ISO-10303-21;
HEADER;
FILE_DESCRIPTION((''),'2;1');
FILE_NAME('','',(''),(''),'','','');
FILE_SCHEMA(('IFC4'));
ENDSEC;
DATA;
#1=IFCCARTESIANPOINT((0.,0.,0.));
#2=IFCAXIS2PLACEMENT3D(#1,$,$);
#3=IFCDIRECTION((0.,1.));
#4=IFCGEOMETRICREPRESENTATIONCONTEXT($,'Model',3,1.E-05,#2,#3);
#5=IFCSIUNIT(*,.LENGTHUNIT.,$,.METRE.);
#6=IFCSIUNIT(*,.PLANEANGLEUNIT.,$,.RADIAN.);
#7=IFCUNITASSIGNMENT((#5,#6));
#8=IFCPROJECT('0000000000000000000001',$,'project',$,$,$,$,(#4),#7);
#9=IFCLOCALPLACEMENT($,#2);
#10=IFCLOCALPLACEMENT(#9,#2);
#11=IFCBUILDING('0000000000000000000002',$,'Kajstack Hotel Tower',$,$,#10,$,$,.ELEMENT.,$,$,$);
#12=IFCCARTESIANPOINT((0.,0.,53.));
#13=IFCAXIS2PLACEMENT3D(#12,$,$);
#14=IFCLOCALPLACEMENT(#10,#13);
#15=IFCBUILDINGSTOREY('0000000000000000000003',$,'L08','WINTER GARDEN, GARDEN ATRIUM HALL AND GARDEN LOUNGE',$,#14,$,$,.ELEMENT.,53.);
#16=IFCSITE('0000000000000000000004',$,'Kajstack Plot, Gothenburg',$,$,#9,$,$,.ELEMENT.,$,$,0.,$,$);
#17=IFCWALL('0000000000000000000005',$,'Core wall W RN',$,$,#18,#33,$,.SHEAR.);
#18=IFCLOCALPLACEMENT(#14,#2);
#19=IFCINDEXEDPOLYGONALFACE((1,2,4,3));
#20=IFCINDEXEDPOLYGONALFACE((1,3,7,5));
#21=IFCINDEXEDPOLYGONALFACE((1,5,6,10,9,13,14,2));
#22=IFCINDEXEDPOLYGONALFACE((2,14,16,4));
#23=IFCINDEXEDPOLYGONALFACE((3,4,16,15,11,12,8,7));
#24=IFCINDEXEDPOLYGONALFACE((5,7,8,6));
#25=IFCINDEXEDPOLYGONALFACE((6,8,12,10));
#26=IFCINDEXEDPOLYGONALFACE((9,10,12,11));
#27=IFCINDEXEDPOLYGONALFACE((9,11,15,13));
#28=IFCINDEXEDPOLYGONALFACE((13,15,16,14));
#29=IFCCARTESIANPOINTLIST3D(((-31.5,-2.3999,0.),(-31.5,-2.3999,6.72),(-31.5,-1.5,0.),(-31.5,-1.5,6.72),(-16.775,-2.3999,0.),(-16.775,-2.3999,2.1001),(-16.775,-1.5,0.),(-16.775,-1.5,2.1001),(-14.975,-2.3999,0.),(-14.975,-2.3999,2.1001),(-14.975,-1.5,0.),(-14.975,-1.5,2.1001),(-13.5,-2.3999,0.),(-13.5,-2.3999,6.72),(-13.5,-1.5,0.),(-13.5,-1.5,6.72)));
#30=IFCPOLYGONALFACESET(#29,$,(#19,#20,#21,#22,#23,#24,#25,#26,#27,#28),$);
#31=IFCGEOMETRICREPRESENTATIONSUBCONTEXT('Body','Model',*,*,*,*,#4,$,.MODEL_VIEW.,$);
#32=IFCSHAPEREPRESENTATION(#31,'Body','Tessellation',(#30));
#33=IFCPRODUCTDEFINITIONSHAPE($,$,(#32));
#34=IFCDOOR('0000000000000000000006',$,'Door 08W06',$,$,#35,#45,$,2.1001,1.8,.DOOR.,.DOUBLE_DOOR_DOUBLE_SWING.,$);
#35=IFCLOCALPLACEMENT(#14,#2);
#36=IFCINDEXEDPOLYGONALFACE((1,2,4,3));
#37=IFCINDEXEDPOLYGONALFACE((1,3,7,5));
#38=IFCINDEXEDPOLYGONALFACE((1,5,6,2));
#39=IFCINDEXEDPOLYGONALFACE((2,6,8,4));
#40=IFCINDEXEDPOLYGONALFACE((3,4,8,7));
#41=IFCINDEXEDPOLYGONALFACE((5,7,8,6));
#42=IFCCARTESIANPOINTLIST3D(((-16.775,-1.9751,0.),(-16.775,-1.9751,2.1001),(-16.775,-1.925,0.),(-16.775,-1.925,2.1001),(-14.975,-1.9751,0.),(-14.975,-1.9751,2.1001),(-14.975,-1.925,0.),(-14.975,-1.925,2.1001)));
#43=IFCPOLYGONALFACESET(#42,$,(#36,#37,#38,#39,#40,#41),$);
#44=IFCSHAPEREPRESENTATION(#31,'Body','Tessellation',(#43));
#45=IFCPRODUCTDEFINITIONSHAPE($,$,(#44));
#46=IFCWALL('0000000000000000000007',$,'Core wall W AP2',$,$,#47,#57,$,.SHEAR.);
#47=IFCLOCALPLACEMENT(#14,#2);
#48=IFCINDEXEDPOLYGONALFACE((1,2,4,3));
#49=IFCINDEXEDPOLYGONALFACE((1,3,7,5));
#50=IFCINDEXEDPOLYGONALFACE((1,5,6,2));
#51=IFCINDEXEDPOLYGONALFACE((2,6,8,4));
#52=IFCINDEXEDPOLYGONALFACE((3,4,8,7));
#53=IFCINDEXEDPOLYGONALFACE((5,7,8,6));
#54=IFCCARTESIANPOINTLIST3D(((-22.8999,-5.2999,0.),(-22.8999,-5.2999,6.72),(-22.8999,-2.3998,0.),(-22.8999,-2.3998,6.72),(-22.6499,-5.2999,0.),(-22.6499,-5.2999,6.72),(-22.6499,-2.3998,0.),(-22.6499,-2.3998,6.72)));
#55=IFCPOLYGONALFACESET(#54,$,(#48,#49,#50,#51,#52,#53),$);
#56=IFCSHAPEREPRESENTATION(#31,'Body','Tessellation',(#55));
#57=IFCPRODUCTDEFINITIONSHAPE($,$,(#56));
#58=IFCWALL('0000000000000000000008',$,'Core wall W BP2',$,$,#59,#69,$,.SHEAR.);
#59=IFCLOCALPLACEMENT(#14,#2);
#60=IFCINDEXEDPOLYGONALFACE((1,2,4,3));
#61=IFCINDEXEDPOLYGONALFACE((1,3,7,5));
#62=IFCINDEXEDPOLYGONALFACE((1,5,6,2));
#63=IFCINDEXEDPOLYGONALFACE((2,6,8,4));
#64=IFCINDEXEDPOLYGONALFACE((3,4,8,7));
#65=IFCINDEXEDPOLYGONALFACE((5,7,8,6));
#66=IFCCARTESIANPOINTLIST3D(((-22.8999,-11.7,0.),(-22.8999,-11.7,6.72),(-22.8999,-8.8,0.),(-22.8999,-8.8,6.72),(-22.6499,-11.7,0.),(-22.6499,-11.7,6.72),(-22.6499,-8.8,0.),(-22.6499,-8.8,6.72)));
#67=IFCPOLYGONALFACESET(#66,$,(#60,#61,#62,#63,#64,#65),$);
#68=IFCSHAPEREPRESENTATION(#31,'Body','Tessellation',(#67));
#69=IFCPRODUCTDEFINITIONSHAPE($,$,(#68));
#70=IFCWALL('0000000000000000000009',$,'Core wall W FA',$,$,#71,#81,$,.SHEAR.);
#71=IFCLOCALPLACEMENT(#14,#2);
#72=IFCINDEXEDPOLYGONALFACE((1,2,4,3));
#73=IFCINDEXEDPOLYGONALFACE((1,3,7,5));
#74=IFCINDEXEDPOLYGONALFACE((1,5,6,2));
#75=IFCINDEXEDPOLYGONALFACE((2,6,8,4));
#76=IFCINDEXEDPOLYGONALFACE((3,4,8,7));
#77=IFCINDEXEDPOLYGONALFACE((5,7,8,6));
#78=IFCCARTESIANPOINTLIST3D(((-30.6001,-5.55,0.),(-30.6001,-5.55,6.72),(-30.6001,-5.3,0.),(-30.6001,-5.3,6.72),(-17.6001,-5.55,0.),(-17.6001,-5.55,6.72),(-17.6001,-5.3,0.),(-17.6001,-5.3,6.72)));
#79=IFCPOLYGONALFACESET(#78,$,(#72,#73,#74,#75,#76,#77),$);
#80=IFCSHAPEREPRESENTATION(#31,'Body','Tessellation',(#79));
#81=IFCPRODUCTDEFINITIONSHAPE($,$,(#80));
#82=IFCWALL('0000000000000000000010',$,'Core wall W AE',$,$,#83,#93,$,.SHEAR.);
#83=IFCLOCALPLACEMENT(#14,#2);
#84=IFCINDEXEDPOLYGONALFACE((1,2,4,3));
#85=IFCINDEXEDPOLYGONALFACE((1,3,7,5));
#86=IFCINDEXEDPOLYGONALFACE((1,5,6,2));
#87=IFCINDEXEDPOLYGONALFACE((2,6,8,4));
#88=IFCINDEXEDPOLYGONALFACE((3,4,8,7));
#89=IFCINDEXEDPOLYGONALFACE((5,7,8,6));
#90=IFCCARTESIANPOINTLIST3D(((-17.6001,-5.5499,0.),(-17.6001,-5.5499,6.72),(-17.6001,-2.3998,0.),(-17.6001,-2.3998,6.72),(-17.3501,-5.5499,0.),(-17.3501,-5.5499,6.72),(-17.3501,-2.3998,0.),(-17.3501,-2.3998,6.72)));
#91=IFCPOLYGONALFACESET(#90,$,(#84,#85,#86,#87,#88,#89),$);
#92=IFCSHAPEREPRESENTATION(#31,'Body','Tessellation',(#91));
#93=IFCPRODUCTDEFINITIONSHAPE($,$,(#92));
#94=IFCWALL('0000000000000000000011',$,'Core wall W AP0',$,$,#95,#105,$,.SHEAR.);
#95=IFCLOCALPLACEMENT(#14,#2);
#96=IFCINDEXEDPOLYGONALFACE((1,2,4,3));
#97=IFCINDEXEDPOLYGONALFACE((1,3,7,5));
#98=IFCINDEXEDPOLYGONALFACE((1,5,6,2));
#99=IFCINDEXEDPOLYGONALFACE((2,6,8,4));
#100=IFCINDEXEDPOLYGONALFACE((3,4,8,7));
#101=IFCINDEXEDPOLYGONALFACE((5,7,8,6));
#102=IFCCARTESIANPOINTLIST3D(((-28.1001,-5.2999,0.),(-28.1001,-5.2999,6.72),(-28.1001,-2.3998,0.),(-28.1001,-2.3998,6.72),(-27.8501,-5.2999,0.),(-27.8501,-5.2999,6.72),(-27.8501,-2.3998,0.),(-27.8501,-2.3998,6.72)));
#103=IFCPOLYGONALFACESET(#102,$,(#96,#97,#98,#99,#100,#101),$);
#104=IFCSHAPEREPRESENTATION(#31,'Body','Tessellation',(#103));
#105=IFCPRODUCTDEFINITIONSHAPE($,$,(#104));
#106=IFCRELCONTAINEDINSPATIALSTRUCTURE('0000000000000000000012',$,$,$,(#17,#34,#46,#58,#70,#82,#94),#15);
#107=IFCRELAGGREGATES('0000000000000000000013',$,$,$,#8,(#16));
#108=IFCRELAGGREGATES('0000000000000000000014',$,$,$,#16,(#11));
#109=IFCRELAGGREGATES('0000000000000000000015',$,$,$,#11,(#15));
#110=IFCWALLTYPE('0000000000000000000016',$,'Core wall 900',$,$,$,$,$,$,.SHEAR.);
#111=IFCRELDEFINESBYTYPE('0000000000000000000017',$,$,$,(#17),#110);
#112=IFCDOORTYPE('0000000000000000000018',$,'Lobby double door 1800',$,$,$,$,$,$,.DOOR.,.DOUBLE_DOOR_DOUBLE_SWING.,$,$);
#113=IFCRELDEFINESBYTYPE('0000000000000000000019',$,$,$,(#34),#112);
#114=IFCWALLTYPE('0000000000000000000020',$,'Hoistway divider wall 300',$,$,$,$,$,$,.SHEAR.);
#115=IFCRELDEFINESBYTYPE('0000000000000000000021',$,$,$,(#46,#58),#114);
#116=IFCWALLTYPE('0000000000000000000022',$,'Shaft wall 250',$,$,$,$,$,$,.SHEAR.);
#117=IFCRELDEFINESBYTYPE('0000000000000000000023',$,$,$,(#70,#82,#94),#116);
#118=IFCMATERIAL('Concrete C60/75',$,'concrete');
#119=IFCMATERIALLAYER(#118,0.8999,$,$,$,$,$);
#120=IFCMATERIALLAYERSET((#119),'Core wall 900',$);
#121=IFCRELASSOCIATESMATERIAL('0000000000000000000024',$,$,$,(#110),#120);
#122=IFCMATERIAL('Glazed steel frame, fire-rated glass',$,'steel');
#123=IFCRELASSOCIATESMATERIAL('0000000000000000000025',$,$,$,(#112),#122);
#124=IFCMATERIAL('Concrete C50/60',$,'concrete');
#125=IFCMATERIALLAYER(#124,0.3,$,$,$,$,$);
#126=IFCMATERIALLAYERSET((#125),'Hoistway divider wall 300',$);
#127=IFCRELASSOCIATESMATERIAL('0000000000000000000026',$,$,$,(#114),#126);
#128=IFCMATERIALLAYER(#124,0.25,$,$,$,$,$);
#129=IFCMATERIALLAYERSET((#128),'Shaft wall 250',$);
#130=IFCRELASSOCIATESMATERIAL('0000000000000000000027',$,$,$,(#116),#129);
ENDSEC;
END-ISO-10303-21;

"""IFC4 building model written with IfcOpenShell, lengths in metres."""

from ifc_helpers import new_model, si_unit, direction, frame, frame_2d, origin, place, context, subcontext, project, spatial, rectangle, extrude, material, layer, layer_set, type_object, element, fill, save


model = new_model("IFC4")

# Units and contexts
model_context = context("Model", 3, precision=1e-05, world=origin(), true_north=direction((0.0, 1.0)))
body_context = subcontext(model_context, "Body", "Model", "MODEL_VIEW")
ifc_project = project(units=[si_unit("LENGTHUNIT", "METRE"), si_unit("PLANEANGLEUNIT", "RADIAN")], contexts=[model_context])

# Site, building, storey
site_placement = place(None, origin())
site = spatial("IfcSite", under=ifc_project, at=site_placement, Name="Kajstack Plot, Gothenburg", CompositionType="ELEMENT", RefElevation=0.0)
building_placement = place(site_placement, origin())
building = spatial("IfcBuilding", under=site, at=building_placement, Name="Kajstack Hotel Tower", CompositionType="ELEMENT")
storey_placement = place(building_placement, frame((0.0, 0.0, 53.0)))
storey = spatial("IfcBuildingStorey", under=building, at=storey_placement, Name="L08", Description="WINTER GARDEN, GARDEN ATRIUM HALL AND GARDEN LOUNGE", CompositionType="ELEMENT", Elevation=53.0)

# Wall, opening, door
ifc_material_1 = material(Name="Concrete C60/75", Category="concrete")
ifc_layer_1 = layer(ifc_material_1, 0.8999)
ifc_layer_set_1 = layer_set([ifc_layer_1], Name="Core wall 900")
wall_type_1 = type_object("IfcWallType", Name="Core wall 900", PredefinedType="SHEAR", material=ifc_layer_set_1)
wall_1_placement = place(storey_placement, frame((-31.5, -1.95, 0.0), z_axis=(0.0, 0.0, 1.0), x_axis=(1.0, 0.0, 0.0)))
wall_1 = element("IfcWall", 1, at=wall_1_placement, inside=storey, type_object=wall_type_1, Name="Core wall W RN", PredefinedType="SHEAR", context=body_context, shape_type="SweptSolid", body=[
    extrude(rectangle(XDim=18.0, YDim=0.8999, at=frame_2d((9.0, 0.0))), origin(), (0.0, 0.0, 1.0), 6.72),
])
opening_1_placement = place(wall_1_placement, frame((14.7251, 0.0, 0.0)))
opening_1 = element("IfcOpeningElement", 2, at=opening_1_placement, cuts=wall_1, PredefinedType="OPENING", context=body_context, shape_type="SweptSolid", body=[
    extrude(rectangle(XDim=1.8, YDim=2.1001, at=frame_2d((0.8999, 1.05))), frame((0.0, 0.46, 0.0), z_axis=(0.0, -1.0, 0.0), x_axis=(1.0, 0.0, 0.0)), (0.0, 0.0, 1.0), 0.9199),
])
ifc_material_2 = material(Name="Glazed steel frame, fire-rated glass", Category="steel")
door_type_1 = type_object("IfcDoorType", Name="Lobby double door 1800", OperationType="DOUBLE_DOOR_DOUBLE_SWING", PredefinedType="DOOR", material=ifc_material_2)
door_1_placement = place(opening_1_placement, origin())
door_1 = element("IfcDoor", 3, at=door_1_placement, inside=storey, type_object=door_type_1, Name="Door 08W06", OperationType="DOUBLE_DOOR_DOUBLE_SWING", OverallHeight=2.1001, OverallWidth=1.8, PredefinedType="DOOR", context=body_context, shape_type="SweptSolid", body=[
    extrude(rectangle(XDim=1.8, YDim=2.1001, at=frame_2d((0.8999, 1.05))), frame((0.0, 0.0249, 0.0), z_axis=(0.0, -1.0, 0.0), x_axis=(1.0, 0.0, 0.0)), (0.0, 0.0, 1.0), 0.05),
])
fill(opening_1, door_1)

# Walls
ifc_material_3 = material(Name="Concrete C50/60", Category="concrete")
ifc_layer_2 = layer(ifc_material_3, 0.3)
ifc_layer_set_2 = layer_set([ifc_layer_2], Name="Hoistway divider wall 300")
wall_type_2 = type_object("IfcWallType", Name="Hoistway divider wall 300", PredefinedType="SHEAR", material=ifc_layer_set_2)
wall_2_placement = place(storey_placement, frame((-22.7749, -5.3, 0.0), z_axis=(0.0, 0.0, 1.0), x_axis=(0.0, 1.0, 0.0)))
element("IfcWall", 4, at=wall_2_placement, inside=storey, type_object=wall_type_2, Name="Core wall W AP2", PredefinedType="SHEAR", context=body_context, shape_type="SweptSolid", body=[
    extrude(rectangle(XDim=2.9001, YDim=0.25, at=frame_2d((1.4502, 0.0))), origin(), (0.0, 0.0, 1.0), 6.72),
])
wall_3_placement = place(storey_placement, frame((-22.7749, -11.7, 0.0), z_axis=(0.0, 0.0, 1.0), x_axis=(0.0, 1.0, 0.0)))
element("IfcWall", 5, at=wall_3_placement, inside=storey, type_object=wall_type_2, Name="Core wall W BP2", PredefinedType="SHEAR", context=body_context, shape_type="SweptSolid", body=[
    extrude(rectangle(XDim=2.8999, YDim=0.25, at=frame_2d((1.45, 0.0))), origin(), (0.0, 0.0, 1.0), 6.72),
])
ifc_layer_3 = layer(ifc_material_3, 0.25)
ifc_layer_set_3 = layer_set([ifc_layer_3], Name="Shaft wall 250")
wall_type_3 = type_object("IfcWallType", Name="Shaft wall 250", PredefinedType="SHEAR", material=ifc_layer_set_3)
wall_4_placement = place(storey_placement, frame((-30.6001, -5.425, 0.0), z_axis=(0.0, 0.0, 1.0), x_axis=(1.0, 0.0, 0.0)))
element("IfcWall", 6, at=wall_4_placement, inside=storey, type_object=wall_type_3, Name="Core wall W FA", PredefinedType="SHEAR", context=body_context, shape_type="SweptSolid", body=[
    extrude(rectangle(XDim=13.0, YDim=0.25, at=frame_2d((6.5, 0.0))), origin(), (0.0, 0.0, 1.0), 6.72),
])
wall_5_placement = place(storey_placement, frame((-17.4751, -5.55, 0.0), z_axis=(0.0, 0.0, 1.0), x_axis=(0.0, 1.0, 0.0)))
element("IfcWall", 7, at=wall_5_placement, inside=storey, type_object=wall_type_3, Name="Core wall W AE", PredefinedType="SHEAR", context=body_context, shape_type="SweptSolid", body=[
    extrude(rectangle(XDim=3.1501, YDim=0.25, at=frame_2d((1.5752, 0.0))), origin(), (0.0, 0.0, 1.0), 6.72),
])
wall_6_placement = place(storey_placement, frame((-27.9751, -5.3, 0.0), z_axis=(0.0, 0.0, 1.0), x_axis=(0.0, 1.0, 0.0)))
element("IfcWall", 8, at=wall_6_placement, inside=storey, type_object=wall_type_3, Name="Core wall W AP0", PredefinedType="SHEAR", context=body_context, shape_type="SweptSolid", body=[
    extrude(rectangle(XDim=2.9001, YDim=0.25, at=frame_2d((1.4502, 0.0))), origin(), (0.0, 0.0, 1.0), 6.72),
])

save(model, "model.ifc")
